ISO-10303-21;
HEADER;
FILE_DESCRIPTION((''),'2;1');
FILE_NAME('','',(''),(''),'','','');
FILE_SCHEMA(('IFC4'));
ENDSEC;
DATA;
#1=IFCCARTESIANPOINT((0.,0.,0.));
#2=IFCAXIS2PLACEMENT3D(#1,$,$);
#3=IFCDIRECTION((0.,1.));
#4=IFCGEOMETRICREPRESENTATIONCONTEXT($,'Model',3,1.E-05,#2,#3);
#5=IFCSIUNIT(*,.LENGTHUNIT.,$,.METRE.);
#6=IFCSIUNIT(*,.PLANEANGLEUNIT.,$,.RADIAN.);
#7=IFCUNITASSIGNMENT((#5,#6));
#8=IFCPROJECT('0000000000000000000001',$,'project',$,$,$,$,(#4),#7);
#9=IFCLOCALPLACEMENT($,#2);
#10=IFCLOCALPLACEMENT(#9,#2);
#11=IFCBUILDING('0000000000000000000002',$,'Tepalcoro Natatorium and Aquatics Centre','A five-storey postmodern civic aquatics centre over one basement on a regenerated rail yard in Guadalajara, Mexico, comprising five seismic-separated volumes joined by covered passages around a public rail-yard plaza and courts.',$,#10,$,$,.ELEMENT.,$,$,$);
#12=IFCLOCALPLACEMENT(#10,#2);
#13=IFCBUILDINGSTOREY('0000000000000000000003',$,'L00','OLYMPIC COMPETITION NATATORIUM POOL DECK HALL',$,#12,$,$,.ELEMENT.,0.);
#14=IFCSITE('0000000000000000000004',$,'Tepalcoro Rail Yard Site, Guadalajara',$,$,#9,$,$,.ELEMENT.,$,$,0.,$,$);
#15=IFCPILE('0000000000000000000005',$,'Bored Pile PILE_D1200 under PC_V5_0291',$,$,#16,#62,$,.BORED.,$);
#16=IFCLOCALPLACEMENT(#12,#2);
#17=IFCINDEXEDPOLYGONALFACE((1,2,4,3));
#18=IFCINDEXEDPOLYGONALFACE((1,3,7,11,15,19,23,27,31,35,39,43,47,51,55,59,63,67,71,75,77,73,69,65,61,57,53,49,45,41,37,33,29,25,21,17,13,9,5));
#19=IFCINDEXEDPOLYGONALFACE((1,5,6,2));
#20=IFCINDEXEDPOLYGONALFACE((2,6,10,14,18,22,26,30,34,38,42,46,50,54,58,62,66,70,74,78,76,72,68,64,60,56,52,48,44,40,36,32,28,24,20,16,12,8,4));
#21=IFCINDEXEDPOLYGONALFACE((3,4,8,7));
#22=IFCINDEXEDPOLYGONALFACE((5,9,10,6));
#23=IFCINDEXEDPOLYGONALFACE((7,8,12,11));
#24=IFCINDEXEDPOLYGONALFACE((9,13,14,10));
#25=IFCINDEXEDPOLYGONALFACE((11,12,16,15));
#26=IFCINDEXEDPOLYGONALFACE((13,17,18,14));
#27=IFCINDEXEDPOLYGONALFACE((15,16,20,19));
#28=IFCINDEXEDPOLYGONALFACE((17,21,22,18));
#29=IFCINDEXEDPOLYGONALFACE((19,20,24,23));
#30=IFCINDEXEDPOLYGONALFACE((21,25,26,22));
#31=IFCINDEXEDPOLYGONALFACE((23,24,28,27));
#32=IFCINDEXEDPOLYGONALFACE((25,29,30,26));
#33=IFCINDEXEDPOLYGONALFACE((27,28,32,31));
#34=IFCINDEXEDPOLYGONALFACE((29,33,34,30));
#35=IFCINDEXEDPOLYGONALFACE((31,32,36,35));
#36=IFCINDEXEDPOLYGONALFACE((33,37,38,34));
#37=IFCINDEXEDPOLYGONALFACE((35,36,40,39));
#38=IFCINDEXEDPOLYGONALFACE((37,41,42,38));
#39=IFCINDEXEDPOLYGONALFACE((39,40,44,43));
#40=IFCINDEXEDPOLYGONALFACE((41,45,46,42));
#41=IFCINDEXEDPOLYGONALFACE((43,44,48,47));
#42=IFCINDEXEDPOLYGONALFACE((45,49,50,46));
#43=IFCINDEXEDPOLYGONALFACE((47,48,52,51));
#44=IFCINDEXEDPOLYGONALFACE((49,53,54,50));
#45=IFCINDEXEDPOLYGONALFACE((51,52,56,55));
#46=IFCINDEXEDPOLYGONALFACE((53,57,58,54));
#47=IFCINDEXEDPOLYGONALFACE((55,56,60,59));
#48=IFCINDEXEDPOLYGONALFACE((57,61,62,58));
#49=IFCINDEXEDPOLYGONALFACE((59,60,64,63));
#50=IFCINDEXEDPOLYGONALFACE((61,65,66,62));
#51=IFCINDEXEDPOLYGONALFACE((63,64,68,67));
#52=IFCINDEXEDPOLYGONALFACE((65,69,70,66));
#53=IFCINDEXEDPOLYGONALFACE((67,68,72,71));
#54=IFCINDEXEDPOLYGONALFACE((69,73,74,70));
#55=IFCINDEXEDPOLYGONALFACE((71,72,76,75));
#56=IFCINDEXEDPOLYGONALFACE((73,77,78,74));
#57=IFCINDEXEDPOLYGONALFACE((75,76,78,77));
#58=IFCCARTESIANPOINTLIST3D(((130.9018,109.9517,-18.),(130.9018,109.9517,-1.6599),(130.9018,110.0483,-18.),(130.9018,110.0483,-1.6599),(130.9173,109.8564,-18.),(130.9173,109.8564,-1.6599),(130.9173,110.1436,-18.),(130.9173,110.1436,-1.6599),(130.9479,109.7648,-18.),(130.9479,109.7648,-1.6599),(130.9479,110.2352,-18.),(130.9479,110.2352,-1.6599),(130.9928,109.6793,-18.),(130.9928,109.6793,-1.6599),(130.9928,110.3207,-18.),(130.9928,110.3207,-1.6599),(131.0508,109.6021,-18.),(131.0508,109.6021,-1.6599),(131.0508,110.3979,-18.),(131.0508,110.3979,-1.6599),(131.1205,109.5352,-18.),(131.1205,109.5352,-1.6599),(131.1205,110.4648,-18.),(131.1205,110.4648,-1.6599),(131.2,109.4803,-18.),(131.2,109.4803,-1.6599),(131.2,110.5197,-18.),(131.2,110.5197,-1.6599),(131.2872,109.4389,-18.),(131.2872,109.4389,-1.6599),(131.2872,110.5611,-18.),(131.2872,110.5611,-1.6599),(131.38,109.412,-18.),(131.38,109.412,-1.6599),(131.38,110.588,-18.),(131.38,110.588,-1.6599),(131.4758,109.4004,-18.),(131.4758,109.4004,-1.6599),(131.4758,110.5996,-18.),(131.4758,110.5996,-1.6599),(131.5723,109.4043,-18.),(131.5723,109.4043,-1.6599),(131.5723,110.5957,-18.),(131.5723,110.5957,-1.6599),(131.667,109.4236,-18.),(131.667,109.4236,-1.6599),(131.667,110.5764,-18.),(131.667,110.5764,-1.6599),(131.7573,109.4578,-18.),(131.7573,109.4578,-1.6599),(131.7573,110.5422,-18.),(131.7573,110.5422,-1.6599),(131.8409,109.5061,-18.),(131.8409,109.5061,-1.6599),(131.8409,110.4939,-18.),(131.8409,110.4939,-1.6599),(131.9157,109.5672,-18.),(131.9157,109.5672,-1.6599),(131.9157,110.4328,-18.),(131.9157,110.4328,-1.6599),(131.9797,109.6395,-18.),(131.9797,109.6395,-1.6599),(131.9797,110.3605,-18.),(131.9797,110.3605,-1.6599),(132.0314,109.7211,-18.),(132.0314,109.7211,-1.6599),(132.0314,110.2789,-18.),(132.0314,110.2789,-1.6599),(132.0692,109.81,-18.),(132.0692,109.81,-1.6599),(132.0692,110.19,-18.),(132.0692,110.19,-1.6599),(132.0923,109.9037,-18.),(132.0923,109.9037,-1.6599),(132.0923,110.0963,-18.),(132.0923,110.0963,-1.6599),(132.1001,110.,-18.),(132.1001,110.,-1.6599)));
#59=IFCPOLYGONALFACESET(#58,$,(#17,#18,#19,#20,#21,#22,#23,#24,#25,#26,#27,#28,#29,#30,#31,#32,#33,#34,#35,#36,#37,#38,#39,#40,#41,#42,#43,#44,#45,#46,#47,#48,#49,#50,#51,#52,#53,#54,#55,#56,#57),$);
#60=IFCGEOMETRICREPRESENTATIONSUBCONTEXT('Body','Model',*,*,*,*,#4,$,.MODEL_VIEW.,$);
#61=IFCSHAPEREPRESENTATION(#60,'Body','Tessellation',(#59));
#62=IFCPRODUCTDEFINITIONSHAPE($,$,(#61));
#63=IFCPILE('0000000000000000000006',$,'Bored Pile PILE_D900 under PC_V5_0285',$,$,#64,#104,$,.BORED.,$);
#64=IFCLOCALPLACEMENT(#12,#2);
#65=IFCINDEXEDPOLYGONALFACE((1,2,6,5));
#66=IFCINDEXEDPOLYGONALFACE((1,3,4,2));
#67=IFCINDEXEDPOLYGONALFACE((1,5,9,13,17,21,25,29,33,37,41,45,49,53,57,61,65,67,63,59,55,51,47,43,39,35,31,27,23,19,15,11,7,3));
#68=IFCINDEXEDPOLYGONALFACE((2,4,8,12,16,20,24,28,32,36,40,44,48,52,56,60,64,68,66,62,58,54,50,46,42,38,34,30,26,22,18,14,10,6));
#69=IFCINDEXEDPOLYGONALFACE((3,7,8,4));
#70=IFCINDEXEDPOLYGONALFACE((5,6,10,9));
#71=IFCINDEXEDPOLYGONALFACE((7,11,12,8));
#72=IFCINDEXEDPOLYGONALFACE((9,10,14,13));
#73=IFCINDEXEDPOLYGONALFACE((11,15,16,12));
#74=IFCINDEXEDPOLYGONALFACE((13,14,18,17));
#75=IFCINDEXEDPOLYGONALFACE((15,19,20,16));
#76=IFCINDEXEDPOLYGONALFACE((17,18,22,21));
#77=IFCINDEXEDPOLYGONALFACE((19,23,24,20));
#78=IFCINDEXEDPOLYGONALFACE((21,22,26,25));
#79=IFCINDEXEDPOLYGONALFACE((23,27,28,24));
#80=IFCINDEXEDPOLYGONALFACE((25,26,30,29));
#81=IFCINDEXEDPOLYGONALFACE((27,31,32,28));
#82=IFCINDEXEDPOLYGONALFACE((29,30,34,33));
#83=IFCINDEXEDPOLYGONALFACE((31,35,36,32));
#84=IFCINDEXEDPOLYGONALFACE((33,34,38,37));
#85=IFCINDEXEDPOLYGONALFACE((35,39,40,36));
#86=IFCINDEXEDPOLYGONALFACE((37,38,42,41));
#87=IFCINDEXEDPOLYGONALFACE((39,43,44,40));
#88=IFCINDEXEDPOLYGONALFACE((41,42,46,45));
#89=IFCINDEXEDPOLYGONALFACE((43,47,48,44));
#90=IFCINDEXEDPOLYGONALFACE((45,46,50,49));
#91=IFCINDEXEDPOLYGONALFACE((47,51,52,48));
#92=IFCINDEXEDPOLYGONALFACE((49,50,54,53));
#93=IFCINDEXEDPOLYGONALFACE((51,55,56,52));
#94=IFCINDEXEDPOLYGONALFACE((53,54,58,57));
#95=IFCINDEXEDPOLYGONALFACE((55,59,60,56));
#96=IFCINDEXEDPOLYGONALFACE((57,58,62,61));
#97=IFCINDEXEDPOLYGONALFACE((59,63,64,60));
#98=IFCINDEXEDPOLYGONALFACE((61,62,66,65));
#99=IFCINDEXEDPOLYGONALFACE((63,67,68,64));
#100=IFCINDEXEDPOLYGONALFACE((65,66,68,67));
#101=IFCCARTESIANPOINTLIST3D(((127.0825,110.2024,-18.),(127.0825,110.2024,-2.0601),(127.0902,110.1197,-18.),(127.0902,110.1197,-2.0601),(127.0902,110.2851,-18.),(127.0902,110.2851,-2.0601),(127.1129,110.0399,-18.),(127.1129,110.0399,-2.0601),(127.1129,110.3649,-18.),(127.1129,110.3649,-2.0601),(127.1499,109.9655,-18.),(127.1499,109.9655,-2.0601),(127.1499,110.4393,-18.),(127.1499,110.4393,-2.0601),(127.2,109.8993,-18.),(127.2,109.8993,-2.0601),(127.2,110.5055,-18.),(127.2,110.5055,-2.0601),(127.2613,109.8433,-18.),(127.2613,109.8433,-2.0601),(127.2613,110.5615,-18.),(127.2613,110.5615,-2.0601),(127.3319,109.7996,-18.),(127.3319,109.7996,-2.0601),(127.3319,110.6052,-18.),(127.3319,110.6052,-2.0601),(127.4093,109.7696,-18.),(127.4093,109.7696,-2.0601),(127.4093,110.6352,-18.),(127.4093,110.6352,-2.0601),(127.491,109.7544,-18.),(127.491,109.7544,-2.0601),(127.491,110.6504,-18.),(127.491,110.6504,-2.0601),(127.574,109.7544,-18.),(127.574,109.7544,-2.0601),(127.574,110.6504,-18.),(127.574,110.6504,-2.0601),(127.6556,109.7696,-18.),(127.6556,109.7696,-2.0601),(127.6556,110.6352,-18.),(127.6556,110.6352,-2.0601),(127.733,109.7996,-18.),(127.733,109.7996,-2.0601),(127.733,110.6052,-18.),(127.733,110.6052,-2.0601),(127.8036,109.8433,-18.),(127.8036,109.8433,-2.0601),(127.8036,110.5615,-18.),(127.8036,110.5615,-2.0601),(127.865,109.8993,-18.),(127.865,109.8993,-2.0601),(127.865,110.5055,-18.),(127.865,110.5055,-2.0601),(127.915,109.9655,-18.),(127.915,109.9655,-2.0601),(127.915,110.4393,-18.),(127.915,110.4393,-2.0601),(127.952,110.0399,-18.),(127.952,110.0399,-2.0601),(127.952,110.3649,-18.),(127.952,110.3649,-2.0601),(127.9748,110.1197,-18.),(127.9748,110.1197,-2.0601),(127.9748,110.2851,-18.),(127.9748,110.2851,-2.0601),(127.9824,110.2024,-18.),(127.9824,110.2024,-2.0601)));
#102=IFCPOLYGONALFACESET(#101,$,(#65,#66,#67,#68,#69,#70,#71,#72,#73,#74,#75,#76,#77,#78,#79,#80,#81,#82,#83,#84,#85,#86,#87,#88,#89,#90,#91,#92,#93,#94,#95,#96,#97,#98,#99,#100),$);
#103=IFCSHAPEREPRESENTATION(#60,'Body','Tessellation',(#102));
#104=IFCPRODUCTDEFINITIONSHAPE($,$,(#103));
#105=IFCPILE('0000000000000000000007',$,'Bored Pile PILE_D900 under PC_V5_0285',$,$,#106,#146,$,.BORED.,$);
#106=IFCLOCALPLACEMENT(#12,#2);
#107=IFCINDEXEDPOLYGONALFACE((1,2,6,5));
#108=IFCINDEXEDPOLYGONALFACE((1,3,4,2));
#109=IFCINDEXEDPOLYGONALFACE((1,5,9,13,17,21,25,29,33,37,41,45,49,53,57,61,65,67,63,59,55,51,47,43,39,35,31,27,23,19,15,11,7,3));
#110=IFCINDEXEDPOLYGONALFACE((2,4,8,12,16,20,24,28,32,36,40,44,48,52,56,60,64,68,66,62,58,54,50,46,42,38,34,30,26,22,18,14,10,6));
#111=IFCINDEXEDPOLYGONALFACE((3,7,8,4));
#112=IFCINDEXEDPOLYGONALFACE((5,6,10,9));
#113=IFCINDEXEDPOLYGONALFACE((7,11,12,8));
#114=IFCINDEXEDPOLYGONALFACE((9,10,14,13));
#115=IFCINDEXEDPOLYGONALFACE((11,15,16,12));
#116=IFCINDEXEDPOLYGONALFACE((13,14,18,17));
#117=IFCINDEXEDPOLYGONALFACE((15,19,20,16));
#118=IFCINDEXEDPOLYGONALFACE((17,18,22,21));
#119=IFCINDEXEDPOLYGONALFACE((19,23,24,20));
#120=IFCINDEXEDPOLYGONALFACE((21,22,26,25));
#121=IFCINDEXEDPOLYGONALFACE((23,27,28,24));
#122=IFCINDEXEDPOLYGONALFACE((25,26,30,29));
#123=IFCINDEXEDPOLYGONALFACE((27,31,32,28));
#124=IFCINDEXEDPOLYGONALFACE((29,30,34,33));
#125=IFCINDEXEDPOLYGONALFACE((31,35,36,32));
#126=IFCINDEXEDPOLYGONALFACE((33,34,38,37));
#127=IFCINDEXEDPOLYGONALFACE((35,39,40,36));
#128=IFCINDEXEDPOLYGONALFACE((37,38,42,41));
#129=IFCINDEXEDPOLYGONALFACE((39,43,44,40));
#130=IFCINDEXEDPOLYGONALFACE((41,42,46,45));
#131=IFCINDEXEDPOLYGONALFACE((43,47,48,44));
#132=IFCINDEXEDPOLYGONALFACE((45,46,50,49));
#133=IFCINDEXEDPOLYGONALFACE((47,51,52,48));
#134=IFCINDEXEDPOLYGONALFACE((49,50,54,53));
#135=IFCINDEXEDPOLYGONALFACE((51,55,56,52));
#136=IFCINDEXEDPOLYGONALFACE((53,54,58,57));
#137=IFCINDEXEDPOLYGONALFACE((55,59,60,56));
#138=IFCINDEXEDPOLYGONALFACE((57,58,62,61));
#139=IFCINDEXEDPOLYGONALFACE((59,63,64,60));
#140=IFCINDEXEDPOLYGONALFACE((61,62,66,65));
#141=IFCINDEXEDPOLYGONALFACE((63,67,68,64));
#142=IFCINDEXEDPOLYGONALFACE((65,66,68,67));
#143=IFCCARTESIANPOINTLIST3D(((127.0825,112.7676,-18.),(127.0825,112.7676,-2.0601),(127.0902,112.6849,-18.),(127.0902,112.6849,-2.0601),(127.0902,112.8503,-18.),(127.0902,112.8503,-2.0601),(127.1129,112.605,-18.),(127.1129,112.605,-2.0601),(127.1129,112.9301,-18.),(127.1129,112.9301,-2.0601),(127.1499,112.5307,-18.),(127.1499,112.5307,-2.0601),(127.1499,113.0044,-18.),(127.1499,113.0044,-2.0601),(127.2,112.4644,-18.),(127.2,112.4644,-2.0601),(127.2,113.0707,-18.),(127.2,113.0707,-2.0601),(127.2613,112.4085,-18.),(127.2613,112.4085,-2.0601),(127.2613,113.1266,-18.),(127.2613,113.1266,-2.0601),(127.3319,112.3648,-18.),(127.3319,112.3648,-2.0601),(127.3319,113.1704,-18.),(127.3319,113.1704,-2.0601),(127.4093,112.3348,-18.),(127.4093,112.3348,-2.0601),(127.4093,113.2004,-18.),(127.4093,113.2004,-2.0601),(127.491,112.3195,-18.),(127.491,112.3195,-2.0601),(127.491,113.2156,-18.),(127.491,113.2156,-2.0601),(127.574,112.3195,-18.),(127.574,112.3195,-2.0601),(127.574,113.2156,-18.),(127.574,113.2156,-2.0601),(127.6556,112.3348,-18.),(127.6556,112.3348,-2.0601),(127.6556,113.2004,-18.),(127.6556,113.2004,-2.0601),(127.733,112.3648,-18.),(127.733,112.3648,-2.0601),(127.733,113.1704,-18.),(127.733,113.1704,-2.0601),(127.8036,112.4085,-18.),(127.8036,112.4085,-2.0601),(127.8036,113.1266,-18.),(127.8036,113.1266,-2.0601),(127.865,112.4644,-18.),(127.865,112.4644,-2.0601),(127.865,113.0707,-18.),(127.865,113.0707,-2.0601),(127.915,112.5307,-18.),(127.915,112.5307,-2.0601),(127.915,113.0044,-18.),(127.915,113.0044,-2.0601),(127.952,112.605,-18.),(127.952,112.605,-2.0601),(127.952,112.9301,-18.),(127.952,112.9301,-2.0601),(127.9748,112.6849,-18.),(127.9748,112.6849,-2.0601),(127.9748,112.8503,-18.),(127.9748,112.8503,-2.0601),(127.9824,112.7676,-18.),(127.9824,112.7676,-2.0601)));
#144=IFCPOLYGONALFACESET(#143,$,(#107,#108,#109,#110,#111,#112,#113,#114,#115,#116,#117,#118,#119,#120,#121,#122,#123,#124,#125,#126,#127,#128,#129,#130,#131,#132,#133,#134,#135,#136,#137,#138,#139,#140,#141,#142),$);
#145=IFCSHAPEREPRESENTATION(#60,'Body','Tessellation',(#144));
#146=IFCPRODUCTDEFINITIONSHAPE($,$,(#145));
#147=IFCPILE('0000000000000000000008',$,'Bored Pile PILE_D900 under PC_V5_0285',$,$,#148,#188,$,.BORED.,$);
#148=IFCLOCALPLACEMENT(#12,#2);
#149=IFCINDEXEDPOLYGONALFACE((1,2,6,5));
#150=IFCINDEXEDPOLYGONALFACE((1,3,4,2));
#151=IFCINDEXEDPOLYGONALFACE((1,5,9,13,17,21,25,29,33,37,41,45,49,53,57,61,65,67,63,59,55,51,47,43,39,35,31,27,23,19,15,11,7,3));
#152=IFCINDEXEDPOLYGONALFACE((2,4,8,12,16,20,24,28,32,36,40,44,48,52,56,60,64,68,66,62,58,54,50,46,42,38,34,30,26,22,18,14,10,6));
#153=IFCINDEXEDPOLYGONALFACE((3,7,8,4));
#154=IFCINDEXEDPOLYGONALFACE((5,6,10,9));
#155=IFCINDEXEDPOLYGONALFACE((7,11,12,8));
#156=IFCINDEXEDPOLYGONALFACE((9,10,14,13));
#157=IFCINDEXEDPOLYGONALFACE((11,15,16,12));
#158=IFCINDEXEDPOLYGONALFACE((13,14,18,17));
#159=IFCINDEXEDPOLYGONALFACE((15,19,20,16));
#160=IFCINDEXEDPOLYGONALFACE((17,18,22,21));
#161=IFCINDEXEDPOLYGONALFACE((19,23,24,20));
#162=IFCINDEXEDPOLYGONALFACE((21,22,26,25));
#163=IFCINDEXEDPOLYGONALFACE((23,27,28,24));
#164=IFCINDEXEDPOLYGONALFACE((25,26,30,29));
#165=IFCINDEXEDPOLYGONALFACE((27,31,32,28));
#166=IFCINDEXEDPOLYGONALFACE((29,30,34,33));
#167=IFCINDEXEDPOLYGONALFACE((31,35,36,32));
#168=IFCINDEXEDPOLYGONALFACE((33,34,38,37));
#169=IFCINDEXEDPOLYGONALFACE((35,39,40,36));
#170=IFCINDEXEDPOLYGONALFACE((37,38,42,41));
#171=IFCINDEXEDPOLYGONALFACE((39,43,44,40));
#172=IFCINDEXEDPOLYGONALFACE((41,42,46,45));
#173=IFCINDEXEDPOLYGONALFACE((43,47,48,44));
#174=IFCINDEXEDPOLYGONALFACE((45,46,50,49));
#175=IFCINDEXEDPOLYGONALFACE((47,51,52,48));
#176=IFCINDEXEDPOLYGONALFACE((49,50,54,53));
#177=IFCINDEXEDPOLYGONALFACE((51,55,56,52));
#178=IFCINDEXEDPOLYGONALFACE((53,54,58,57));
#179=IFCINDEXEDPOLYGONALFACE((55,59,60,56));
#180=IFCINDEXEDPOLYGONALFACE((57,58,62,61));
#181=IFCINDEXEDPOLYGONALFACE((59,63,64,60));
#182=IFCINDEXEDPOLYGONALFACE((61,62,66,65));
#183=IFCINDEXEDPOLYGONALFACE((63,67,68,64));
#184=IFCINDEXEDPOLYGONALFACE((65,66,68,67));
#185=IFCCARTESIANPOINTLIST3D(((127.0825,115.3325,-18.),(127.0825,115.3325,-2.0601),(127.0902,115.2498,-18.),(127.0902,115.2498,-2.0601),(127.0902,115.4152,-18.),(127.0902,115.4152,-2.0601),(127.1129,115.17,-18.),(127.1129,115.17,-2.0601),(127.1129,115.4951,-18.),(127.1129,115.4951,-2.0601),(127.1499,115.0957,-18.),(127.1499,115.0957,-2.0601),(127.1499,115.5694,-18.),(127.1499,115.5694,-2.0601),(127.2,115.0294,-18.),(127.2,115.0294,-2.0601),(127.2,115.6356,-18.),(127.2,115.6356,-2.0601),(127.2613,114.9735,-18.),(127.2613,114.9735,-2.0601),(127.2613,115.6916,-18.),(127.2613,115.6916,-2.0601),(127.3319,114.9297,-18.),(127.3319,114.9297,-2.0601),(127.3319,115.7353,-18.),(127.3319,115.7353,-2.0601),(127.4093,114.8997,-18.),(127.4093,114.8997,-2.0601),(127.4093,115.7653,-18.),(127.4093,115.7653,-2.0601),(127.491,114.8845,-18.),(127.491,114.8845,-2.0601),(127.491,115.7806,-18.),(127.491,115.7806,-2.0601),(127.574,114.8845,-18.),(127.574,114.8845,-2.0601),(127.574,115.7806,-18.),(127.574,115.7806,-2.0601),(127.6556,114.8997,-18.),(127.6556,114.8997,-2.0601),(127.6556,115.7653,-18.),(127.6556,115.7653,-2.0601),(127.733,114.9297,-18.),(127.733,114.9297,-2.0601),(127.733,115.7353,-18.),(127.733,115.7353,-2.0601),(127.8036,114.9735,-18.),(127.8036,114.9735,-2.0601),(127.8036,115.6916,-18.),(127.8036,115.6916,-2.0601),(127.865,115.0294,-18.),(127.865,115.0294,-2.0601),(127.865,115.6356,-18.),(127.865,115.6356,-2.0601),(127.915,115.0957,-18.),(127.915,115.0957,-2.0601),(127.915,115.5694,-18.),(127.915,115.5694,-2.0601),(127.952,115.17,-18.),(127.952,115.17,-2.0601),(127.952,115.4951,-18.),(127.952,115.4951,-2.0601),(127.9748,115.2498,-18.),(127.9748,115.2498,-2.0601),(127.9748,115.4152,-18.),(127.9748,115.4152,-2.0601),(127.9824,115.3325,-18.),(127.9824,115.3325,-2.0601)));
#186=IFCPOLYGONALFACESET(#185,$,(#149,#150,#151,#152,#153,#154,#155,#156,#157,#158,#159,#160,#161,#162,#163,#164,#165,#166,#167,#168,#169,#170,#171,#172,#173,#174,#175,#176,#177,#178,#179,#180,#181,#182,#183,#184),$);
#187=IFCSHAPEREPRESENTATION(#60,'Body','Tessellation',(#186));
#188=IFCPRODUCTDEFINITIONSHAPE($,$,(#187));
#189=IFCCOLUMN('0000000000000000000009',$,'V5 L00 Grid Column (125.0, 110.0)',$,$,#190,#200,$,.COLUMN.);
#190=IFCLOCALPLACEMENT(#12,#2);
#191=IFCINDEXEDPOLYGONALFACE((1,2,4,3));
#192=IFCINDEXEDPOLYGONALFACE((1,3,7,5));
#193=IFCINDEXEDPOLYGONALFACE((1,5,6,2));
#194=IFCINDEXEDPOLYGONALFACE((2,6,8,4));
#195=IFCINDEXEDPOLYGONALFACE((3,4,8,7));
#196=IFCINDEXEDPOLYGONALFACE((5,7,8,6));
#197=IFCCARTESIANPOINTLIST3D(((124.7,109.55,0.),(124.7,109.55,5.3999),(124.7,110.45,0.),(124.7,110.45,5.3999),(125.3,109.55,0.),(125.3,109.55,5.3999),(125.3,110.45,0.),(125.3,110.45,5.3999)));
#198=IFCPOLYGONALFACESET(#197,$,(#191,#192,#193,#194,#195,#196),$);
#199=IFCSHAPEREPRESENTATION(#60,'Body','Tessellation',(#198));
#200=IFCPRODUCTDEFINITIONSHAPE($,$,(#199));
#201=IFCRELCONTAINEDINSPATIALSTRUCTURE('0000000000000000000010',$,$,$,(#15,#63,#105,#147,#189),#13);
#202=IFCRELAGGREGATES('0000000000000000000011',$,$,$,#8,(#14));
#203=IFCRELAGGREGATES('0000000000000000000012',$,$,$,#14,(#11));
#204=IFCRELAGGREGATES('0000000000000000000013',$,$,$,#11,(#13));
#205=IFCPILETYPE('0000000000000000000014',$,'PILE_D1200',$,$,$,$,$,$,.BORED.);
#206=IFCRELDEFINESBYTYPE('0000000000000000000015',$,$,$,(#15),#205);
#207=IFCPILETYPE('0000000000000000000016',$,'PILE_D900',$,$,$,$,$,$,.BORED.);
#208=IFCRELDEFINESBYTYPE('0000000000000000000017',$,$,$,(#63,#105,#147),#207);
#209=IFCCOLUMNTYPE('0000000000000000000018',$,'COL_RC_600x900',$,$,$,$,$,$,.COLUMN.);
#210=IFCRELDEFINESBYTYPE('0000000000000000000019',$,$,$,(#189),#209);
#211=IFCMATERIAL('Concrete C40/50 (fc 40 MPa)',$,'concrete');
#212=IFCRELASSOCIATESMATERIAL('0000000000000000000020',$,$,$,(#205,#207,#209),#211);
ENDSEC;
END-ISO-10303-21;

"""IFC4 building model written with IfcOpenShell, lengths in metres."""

from ifc_helpers import new_model, si_unit, direction, frame, origin, origin_2d, place, context, subcontext, project, spatial, rectangle, circle, extrude, material, material_profile, profile_set, type_object, element, save


model = new_model("IFC4")

# Units and contexts
model_context = context("Model", 3, precision=1e-05, world=origin(), true_north=direction((0.0, 1.0)))
body_context = subcontext(model_context, "Body", "Model", "MODEL_VIEW")
ifc_project = project(units=[si_unit("LENGTHUNIT", "METRE"), si_unit("PLANEANGLEUNIT", "RADIAN")], contexts=[model_context])

# Site, building, storey
site_placement = place(None, origin())
site = spatial("IfcSite", under=ifc_project, at=site_placement, Name="Tepalcoro Rail Yard Site, Guadalajara", CompositionType="ELEMENT", RefElevation=0.0)
building_placement = place(site_placement, origin())
building = spatial("IfcBuilding", under=site, at=building_placement, Name="Tepalcoro Natatorium and Aquatics Centre", Description="A five-storey postmodern civic aquatics centre over one basement on a regenerated rail yard in Guadalajara, Mexico, comprising five seismic-separated volumes joined by covered passages around a public rail-yard plaza and courts.", CompositionType="ELEMENT")
storey_placement = place(building_placement, origin())
storey = spatial("IfcBuildingStorey", under=building, at=storey_placement, Name="L00", Description="OLYMPIC COMPETITION NATATORIUM POOL DECK HALL", CompositionType="ELEMENT", Elevation=0.0)

# Piles
ifc_material_1 = material(Name="Concrete C40/50 (fc 40 MPa)", Category="concrete")
ifc_material_profile_1 = material_profile(ifc_material_1, circle(Radius=0.6001, at=origin_2d()), Name="PILE_D1200")
ifc_profile_set_1 = profile_set([ifc_material_profile_1], Name="Concrete C40/50 (fc 40 MPa)")
pile_type_1 = type_object("IfcPileType", Name="PILE_D1200", PredefinedType="BORED", material=ifc_profile_set_1)
pile_placement = place(storey_placement, frame((131.5, 110.0, -1.6599), z_axis=(0.0, 0.0, -1.0), x_axis=(1.0, 0.0, 0.0)))
element("IfcPile", 1, at=pile_placement, inside=storey, type_object=pile_type_1, Name="Bored Pile PILE_D1200 under PC_V5_0291", PredefinedType="BORED", context=body_context, shape_type="SweptSolid", body=[
    extrude(circle(Radius=0.6001, at=origin_2d()), origin(), (0.0, 0.0, 1.0), 16.3401),
])
ifc_material_profile_2 = material_profile(ifc_material_1, circle(Radius=0.45, at=origin_2d()), Name="PILE_D900")
ifc_profile_set_2 = profile_set([ifc_material_profile_2], Name="Concrete C40/50 (fc 40 MPa)")
pile_type_2 = type_object("IfcPileType", Name="PILE_D900", PredefinedType="BORED", material=ifc_profile_set_2)
for number, where, z_axis, x_axis, name in (
    (2, (127.5325, 110.2024, -2.0601), (0.0, 0.0, -1.0), (1.0, 0.0, 0.0), "Bored Pile PILE_D900 under PC_V5_0285"),
    (3, (127.5325, 112.7676, -2.0601), (0.0, 0.0, -1.0), (1.0, 0.0, 0.0), "Bored Pile PILE_D900 under PC_V5_0285"),
    (4, (127.5325, 115.3325, -2.0601), (0.0, 0.0, -1.0), (1.0, 0.0, 0.0), "Bored Pile PILE_D900 under PC_V5_0285"),
):
    element("IfcPile", number, at=place(storey_placement, frame(where, z_axis=z_axis, x_axis=x_axis)), inside=storey, type_object=pile_type_2, Name=name, PredefinedType="BORED", context=body_context, shape_type="SweptSolid", body=[
        extrude(circle(Radius=0.45, at=origin_2d()), origin(), (0.0, 0.0, 1.0), 15.9399),
    ])

# Column
ifc_material_profile_3 = material_profile(ifc_material_1, rectangle(XDim=0.6001, YDim=0.8999, at=origin_2d()), Name="RC600x900")
ifc_profile_set_3 = profile_set([ifc_material_profile_3], Name="Concrete C40/50 (fc 40 MPa)")
column_type_1 = type_object("IfcColumnType", Name="COL_RC_600x900", PredefinedType="COLUMN", material=ifc_profile_set_3)
column_1_placement = place(storey_placement, frame((125.0, 110.0, 0.0), z_axis=(0.0, 0.0, 1.0), x_axis=(1.0, 0.0, 0.0)))
element("IfcColumn", 5, at=column_1_placement, inside=storey, type_object=column_type_1, Name="V5 L00 Grid Column (125.0, 110.0)", PredefinedType="COLUMN", context=body_context, shape_type="SweptSolid", body=[
    extrude(rectangle(XDim=0.6001, YDim=0.8999, at=origin_2d()), origin(), (0.0, 0.0, 1.0), 5.3999),
])

save(model, "model.ifc")
